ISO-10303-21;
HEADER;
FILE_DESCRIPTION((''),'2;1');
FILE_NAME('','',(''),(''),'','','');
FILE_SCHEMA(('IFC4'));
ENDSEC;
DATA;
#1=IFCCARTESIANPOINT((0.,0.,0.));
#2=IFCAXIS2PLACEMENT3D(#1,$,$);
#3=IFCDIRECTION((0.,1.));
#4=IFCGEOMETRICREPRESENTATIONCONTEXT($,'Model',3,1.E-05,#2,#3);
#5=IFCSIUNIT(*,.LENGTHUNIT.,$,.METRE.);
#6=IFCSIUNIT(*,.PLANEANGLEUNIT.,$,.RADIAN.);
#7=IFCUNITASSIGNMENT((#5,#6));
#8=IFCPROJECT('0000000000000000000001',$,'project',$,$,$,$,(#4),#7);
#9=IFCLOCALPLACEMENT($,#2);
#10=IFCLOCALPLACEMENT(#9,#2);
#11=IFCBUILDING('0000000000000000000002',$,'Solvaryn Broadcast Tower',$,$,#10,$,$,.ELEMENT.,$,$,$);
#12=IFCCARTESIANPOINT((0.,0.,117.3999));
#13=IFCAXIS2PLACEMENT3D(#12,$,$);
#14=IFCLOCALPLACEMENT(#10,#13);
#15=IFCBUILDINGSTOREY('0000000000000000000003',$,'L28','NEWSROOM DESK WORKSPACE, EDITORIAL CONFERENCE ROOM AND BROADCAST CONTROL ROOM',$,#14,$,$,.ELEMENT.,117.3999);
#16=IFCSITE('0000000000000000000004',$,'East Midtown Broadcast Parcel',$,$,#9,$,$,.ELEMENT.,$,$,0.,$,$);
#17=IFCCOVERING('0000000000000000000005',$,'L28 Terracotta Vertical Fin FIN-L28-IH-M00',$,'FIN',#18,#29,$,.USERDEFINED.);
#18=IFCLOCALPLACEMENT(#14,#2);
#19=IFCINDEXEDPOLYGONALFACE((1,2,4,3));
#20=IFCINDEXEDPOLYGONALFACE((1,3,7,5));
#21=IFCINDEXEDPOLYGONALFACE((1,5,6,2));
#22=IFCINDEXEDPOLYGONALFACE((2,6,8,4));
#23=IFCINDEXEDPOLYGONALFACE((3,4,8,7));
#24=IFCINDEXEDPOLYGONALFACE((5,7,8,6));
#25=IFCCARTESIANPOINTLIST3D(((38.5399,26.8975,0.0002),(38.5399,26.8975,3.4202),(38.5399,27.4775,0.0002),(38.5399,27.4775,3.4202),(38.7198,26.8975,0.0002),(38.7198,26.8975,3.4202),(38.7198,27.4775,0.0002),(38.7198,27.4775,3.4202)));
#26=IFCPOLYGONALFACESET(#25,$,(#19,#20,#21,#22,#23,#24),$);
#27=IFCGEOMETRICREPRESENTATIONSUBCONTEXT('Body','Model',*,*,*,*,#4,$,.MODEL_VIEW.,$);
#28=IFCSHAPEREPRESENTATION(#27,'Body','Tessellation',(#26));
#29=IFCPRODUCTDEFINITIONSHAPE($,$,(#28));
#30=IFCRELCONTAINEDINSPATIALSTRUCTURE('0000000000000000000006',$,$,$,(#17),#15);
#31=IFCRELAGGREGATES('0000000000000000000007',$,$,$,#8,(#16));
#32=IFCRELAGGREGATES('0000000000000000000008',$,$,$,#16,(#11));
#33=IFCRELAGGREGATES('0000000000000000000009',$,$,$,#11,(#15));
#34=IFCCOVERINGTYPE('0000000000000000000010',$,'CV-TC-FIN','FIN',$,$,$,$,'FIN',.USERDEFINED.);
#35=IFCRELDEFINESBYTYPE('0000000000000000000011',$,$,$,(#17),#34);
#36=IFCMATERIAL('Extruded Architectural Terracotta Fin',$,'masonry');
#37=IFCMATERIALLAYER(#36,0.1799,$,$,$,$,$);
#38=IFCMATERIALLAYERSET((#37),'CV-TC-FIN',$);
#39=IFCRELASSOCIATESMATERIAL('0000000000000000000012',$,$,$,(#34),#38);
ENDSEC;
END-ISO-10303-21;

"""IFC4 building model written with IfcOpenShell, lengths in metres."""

from ifc_helpers import new_model, si_unit, direction, frame, origin, origin_2d, place, context, subcontext, project, spatial, rectangle, extrude, material, layer, layer_set, type_object, element, save


model = new_model("IFC4")

# Units and contexts
model_context = context("Model", 3, precision=1e-05, world=origin(), true_north=direction((0.0, 1.0)))
body_context = subcontext(model_context, "Body", "Model", "MODEL_VIEW")
ifc_project = project(units=[si_unit("LENGTHUNIT", "METRE"), si_unit("PLANEANGLEUNIT", "RADIAN")], contexts=[model_context])

# Site, building, storey
site_placement = place(None, origin())
site = spatial("IfcSite", under=ifc_project, at=site_placement, Name="East Midtown Broadcast Parcel", CompositionType="ELEMENT", RefElevation=0.0)
building_placement = place(site_placement, origin())
building = spatial("IfcBuilding", under=site, at=building_placement, Name="Solvaryn Broadcast Tower", CompositionType="ELEMENT")
storey_placement = place(building_placement, frame((0.0, 0.0, 117.3999)))
storey = spatial("IfcBuildingStorey", under=building, at=storey_placement, Name="L28", Description="NEWSROOM DESK WORKSPACE, EDITORIAL CONFERENCE ROOM AND BROADCAST CONTROL ROOM", CompositionType="ELEMENT", Elevation=117.3999)

# Covering
ifc_material_1 = material(Name="Extruded Architectural Terracotta Fin", Category="masonry")
ifc_layer_1 = layer(ifc_material_1, 0.1799)
ifc_layer_set_1 = layer_set([ifc_layer_1], Name="CV-TC-FIN")
covering_type_1 = type_object("IfcCoveringType", Name="CV-TC-FIN", Description="FIN", ElementType="FIN", PredefinedType="USERDEFINED", material=ifc_layer_set_1)
for number, where, z_axis, x_axis, name in (
    (1, (38.6299, 27.1875, 0.0002), (0.0, 0.0, 1.0), (1.0, 0.0, 0.0), "L28 Terracotta Vertical Fin FIN-L28-IH-M00"),
):
    element("IfcCovering", number, at=place(storey_placement, frame(where, z_axis=z_axis, x_axis=x_axis)), inside=storey, type_object=covering_type_1, Name=name, ObjectType="FIN", PredefinedType="USERDEFINED", context=body_context, shape_type="SweptSolid", body=[
        extrude(rectangle(XDim=0.1799, YDim=0.5801, at=origin_2d()), origin(), (0.0, 0.0, 1.0), 3.4199),
    ])

save(model, "model.ifc")
